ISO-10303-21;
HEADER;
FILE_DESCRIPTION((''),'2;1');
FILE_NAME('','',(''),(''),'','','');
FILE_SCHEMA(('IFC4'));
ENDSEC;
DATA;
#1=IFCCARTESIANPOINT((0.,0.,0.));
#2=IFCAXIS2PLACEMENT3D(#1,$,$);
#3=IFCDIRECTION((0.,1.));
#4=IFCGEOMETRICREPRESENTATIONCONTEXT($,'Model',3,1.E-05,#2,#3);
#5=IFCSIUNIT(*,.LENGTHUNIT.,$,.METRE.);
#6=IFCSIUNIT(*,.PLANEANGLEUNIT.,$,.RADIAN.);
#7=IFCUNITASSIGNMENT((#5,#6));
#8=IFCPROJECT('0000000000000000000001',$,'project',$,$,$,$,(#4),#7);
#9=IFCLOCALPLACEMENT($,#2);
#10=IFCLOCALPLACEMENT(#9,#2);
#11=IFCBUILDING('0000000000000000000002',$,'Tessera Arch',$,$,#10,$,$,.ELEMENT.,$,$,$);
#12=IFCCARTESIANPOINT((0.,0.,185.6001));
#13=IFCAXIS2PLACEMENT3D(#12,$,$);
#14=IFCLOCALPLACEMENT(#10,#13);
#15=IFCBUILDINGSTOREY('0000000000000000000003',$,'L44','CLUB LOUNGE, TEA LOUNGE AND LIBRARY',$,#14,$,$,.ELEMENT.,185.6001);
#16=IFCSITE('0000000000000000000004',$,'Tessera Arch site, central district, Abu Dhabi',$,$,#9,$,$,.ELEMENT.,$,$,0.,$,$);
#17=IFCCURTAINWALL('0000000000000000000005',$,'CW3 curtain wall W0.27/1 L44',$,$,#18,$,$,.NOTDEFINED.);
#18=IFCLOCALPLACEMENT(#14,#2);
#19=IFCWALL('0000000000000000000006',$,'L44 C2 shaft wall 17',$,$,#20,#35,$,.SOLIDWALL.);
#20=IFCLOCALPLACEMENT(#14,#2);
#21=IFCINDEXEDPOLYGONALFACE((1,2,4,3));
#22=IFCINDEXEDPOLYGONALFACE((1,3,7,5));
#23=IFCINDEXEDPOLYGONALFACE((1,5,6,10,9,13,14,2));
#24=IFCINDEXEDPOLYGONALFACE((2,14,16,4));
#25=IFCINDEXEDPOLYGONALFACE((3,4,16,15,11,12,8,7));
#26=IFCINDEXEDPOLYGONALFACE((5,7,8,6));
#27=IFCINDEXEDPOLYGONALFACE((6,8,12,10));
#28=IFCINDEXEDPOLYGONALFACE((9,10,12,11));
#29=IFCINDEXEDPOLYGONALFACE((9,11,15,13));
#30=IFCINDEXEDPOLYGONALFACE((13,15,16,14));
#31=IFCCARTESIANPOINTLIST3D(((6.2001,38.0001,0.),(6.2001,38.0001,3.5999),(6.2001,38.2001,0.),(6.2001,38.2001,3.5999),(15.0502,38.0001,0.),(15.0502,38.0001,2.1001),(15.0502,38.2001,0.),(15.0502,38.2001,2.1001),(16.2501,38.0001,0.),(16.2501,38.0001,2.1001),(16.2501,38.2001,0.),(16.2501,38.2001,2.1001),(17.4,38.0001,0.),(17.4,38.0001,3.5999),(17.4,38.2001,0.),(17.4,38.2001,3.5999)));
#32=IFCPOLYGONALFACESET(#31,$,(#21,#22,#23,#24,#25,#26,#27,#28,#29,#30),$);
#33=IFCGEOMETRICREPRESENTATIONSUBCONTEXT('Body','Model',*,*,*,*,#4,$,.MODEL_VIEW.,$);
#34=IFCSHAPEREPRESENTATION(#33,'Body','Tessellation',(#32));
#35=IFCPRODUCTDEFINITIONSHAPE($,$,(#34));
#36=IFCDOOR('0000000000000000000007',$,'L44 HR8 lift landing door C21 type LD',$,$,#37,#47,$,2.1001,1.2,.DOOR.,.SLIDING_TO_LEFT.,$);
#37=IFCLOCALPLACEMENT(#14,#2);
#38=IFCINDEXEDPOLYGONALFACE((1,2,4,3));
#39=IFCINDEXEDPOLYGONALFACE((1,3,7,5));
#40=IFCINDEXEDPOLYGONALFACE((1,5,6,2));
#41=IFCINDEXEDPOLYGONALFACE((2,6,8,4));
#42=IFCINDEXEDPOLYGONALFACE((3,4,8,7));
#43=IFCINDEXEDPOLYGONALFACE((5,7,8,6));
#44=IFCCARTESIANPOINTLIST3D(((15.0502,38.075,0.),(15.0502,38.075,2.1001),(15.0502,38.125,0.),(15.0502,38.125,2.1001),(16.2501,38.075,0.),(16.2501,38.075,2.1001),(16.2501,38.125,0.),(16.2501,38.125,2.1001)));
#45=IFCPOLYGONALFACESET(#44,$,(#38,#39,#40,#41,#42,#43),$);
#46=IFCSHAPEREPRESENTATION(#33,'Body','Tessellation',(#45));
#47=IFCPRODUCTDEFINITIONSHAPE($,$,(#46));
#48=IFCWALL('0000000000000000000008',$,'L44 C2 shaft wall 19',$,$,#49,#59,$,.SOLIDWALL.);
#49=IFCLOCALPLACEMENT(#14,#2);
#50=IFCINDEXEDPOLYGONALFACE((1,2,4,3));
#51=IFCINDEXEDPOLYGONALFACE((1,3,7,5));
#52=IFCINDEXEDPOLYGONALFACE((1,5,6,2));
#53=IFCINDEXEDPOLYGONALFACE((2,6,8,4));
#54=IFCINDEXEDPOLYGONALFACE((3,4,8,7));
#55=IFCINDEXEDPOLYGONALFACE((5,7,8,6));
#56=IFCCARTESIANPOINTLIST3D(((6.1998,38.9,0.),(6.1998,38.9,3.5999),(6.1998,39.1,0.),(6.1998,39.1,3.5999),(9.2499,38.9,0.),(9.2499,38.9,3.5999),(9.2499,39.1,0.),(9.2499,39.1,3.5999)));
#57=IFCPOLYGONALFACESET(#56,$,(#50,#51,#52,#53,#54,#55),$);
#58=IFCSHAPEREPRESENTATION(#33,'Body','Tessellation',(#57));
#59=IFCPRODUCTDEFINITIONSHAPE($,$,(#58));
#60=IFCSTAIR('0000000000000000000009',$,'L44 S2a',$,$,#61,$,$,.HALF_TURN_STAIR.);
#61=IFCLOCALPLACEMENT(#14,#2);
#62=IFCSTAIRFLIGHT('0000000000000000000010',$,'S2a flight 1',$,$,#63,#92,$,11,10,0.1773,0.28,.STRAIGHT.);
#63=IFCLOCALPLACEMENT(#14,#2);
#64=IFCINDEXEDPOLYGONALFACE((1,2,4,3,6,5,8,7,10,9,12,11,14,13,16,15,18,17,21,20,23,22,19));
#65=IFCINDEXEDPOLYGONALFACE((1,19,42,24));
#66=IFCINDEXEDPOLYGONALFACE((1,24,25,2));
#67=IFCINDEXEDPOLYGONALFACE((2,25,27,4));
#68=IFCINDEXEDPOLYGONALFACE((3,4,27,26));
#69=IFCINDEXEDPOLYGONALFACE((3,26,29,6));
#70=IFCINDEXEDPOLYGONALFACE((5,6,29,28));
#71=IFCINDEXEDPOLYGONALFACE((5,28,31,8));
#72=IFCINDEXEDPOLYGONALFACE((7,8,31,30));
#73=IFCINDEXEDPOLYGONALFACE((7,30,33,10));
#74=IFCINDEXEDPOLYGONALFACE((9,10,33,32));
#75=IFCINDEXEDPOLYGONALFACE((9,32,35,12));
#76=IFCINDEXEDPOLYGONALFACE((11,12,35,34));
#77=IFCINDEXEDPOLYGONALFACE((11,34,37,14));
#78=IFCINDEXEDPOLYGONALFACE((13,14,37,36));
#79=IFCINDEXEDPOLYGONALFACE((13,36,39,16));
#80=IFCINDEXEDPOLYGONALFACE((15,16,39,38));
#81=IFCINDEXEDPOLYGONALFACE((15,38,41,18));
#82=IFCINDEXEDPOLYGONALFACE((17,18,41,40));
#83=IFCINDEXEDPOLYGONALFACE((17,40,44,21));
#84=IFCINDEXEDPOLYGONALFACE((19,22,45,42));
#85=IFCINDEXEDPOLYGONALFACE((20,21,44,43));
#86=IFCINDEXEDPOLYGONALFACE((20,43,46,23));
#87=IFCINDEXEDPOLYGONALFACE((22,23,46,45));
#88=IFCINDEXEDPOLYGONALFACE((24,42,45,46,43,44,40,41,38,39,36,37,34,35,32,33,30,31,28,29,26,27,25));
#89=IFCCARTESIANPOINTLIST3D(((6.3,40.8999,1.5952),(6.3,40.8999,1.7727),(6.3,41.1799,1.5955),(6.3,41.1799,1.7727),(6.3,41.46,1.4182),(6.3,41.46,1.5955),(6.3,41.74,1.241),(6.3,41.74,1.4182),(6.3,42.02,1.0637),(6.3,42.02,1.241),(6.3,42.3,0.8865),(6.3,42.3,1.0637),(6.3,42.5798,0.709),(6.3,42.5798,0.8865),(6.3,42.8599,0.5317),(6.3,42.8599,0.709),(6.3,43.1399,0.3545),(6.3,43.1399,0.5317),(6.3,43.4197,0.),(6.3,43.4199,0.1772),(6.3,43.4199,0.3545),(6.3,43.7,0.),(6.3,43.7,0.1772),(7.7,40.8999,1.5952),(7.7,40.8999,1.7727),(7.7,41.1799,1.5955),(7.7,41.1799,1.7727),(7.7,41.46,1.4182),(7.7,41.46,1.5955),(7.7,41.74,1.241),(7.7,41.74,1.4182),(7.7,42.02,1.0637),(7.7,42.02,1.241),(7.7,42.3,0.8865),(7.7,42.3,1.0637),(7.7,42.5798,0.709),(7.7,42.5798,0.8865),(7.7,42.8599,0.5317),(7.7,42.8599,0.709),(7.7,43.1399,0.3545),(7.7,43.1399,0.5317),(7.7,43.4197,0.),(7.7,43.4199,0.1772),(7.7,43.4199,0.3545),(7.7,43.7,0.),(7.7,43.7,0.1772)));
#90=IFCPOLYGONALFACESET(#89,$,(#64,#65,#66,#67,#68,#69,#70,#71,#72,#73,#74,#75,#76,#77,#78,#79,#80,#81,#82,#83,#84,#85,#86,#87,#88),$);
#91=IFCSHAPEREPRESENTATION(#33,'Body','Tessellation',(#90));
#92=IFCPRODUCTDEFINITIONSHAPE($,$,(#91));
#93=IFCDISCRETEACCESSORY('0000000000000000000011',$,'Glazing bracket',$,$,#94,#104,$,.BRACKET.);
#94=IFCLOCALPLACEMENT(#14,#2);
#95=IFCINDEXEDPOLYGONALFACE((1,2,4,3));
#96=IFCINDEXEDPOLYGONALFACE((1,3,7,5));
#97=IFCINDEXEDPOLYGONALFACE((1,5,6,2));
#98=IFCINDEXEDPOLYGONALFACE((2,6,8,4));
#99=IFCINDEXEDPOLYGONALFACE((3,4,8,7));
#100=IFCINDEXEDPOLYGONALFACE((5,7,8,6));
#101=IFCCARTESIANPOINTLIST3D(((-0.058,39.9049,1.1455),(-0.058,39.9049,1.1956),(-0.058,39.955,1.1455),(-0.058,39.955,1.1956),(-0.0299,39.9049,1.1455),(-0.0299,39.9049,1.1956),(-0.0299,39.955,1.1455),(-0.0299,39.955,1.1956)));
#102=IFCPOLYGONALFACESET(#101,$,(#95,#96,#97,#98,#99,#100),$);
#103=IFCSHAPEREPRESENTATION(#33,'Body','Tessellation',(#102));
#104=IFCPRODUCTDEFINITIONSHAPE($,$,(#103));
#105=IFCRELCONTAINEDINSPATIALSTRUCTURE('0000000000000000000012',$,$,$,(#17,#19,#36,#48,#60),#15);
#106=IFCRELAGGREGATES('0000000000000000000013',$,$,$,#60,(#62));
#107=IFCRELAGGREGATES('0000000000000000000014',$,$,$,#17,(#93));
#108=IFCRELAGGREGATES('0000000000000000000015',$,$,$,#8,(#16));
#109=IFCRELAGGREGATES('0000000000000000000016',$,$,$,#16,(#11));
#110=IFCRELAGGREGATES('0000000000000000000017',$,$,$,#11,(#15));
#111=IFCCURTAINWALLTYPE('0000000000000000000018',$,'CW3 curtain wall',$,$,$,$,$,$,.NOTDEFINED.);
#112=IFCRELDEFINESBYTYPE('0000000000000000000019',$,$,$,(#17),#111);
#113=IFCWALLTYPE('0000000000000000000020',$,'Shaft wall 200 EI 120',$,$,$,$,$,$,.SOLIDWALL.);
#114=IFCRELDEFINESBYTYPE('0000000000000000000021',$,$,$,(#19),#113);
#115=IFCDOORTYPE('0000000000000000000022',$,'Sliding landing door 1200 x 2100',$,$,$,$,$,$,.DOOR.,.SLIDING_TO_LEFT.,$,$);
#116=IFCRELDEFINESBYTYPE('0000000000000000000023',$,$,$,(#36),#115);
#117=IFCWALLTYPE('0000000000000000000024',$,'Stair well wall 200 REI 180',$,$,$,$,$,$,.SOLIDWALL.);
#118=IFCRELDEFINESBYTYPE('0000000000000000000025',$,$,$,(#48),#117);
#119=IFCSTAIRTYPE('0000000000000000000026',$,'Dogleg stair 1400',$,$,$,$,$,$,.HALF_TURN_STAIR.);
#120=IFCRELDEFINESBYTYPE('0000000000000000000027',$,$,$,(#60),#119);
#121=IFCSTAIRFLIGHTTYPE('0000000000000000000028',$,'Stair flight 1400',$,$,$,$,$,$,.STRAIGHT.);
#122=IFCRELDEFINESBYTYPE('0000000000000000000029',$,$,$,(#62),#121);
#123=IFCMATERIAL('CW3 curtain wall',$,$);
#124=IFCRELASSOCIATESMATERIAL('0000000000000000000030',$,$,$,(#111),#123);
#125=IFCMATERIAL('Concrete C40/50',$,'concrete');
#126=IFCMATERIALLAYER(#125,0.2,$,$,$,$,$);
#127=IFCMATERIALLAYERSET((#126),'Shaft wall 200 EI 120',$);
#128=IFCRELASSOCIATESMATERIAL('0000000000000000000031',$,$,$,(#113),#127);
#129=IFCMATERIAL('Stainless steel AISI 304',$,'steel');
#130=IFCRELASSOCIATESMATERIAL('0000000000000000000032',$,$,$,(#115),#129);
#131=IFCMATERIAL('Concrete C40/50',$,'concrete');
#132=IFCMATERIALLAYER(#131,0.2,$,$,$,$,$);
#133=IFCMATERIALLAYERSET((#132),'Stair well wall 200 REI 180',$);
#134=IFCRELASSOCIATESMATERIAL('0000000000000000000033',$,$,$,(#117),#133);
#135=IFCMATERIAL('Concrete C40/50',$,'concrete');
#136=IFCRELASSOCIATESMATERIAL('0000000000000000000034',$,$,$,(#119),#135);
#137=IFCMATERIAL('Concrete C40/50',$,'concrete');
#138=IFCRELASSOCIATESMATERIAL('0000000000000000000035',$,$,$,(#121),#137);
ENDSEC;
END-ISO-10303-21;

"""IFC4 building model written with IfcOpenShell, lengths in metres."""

from ifc_helpers import new_model, si_unit, direction, frame, frame_2d, origin, origin_2d, place, context, subcontext, project, spatial, polyline, rectangle, outline, extrude, material, layer, layer_set, type_object, element, fill, aggregate, save


model = new_model("IFC4")

# Units and contexts
model_context = context("Model", 3, precision=1e-05, world=origin(), true_north=direction((0.0, 1.0)))
body_context = subcontext(model_context, "Body", "Model", "MODEL_VIEW")
ifc_project = project(units=[si_unit("LENGTHUNIT", "METRE"), si_unit("PLANEANGLEUNIT", "RADIAN")], contexts=[model_context])

# Site, building, storey
site_placement = place(None, origin())
site = spatial("IfcSite", under=ifc_project, at=site_placement, Name="Tessera Arch site, central district, Abu Dhabi", CompositionType="ELEMENT", RefElevation=0.0)
building_placement = place(site_placement, origin())
building = spatial("IfcBuilding", under=site, at=building_placement, Name="Tessera Arch", CompositionType="ELEMENT")
storey_placement = place(building_placement, frame((0.0, 0.0, 185.6001)))
storey = spatial("IfcBuildingStorey", under=building, at=storey_placement, Name="L44", Description="CLUB LOUNGE, TEA LOUNGE AND LIBRARY", CompositionType="ELEMENT", Elevation=185.6001)

# Curtain wall
ifc_material_1 = material(Name="CW3 curtain wall")
curtain_wall_type = type_object("IfcCurtainWallType", Name="CW3 curtain wall", PredefinedType="NOTDEFINED", material=ifc_material_1)
curtain_wall_placement = place(storey_placement, origin())
curtain_wall = element("IfcCurtainWall", 1, at=curtain_wall_placement, inside=storey, type_object=curtain_wall_type, Name="CW3 curtain wall W0.27/1 L44", PredefinedType="NOTDEFINED")

# Wall, opening, door
ifc_material_2 = material(Name="Concrete C40/50", Category="concrete")
ifc_layer_1 = layer(ifc_material_2, 0.2)
ifc_layer_set_1 = layer_set([ifc_layer_1], Name="Shaft wall 200 EI 120")
wall_type_1 = type_object("IfcWallType", Name="Shaft wall 200 EI 120", PredefinedType="SOLIDWALL", material=ifc_layer_set_1)
wall_1_placement = place(storey_placement, frame((6.2, 38.1001, 0.0), z_axis=(0.0, 0.0, 1.0), x_axis=(1.0, 0.0, 0.0)))
wall_1 = element("IfcWall", 2, at=wall_1_placement, inside=storey, type_object=wall_type_1, Name="L44 C2 shaft wall 17", PredefinedType="SOLIDWALL", context=body_context, shape_type="SweptSolid", body=[
    extrude(rectangle(XDim=11.2, YDim=0.2, at=frame_2d((5.6001, 0.0))), origin(), (0.0, 0.0, 1.0), 3.5999),
])
opening_1_placement = place(wall_1_placement, frame((8.8501, 0.0, 0.0)))
opening_1 = element("IfcOpeningElement", 3, at=opening_1_placement, cuts=wall_1, PredefinedType="OPENING", context=body_context, shape_type="SweptSolid", body=[
    extrude(rectangle(XDim=1.2, YDim=2.1001, at=frame_2d((0.6001, 1.05))), frame((0.0, 0.1099, 0.0), z_axis=(0.0, -1.0, 0.0), x_axis=(1.0, 0.0, 0.0)), (0.0, 0.0, 1.0), 0.22),
])
ifc_material_3 = material(Name="Stainless steel AISI 304", Category="steel")
door_type_1 = type_object("IfcDoorType", Name="Sliding landing door 1200 x 2100", OperationType="SLIDING_TO_LEFT", PredefinedType="DOOR", material=ifc_material_3)
door_1_placement = place(opening_1_placement, origin())
door_1 = element("IfcDoor", 4, at=door_1_placement, inside=storey, type_object=door_type_1, Name="L44 HR8 lift landing door C21 type LD", OperationType="SLIDING_TO_LEFT", OverallHeight=2.1001, OverallWidth=1.2, PredefinedType="DOOR", context=body_context, shape_type="SweptSolid", body=[
    extrude(rectangle(XDim=1.2, YDim=2.1001, at=frame_2d((0.6001, 1.05))), frame((0.0, 0.0249, 0.0), z_axis=(0.0, -1.0, 0.0), x_axis=(1.0, 0.0, 0.0)), (0.0, 0.0, 1.0), 0.05),
])
fill(opening_1, door_1)

# Wall
ifc_material_4 = material(Name="Concrete C40/50", Category="concrete")
ifc_layer_2 = layer(ifc_material_4, 0.2)
ifc_layer_set_2 = layer_set([ifc_layer_2], Name="Stair well wall 200 REI 180")
wall_type_2 = type_object("IfcWallType", Name="Stair well wall 200 REI 180", PredefinedType="SOLIDWALL", material=ifc_layer_set_2)
wall_2_placement = place(storey_placement, frame((6.2, 39.0, 0.0), z_axis=(0.0, 0.0, 1.0), x_axis=(1.0, 0.0, 0.0)))
element("IfcWall", 5, at=wall_2_placement, inside=storey, type_object=wall_type_2, Name="L44 C2 shaft wall 19", PredefinedType="SOLIDWALL", context=body_context, shape_type="SweptSolid", body=[
    extrude(rectangle(XDim=3.05, YDim=0.2, at=frame_2d((1.5249, 0.0))), origin(), (0.0, 0.0, 1.0), 3.5999),
])

# Stair, stair flight
ifc_material_5 = material(Name="Concrete C40/50", Category="concrete")
stair_type = type_object("IfcStairType", Name="Dogleg stair 1400", PredefinedType="HALF_TURN_STAIR", material=ifc_material_5)
stair_placement = place(storey_placement, origin())
stair = element("IfcStair", 6, at=stair_placement, inside=storey, type_object=stair_type, Name="L44 S2a", PredefinedType="HALF_TURN_STAIR")
ifc_material_6 = material(Name="Concrete C40/50", Category="concrete")
stair_flight_type = type_object("IfcStairFlightType", Name="Stair flight 1400", PredefinedType="STRAIGHT", material=ifc_material_6)
stair_flight_placement = place(storey_placement, frame((7.0, 43.7, 0.0), z_axis=(0.0, 0.0, 1.0), x_axis=(0.0, -1.0, 0.0)))
stair_flight = element("IfcStairFlight", 7, at=stair_flight_placement, type_object=stair_flight_type, Name="S2a flight 1", NumberOfRisers=11, NumberOfTreads=10, PredefinedType="STRAIGHT", RiserHeight=0.1773, TreadLength=0.28, context=body_context, shape_type="SweptSolid", body=[
    extrude(outline(polyline([(0.0, 0.0), (0.0, 0.1772), (0.28, 0.1772), (0.28, 0.3545), (0.5601, 0.3545), (0.5601, 0.5317), (0.8401, 0.5317), (0.8401, 0.709), (1.1201, 0.709), (1.1201, 0.8865), (1.3999, 0.8865), (1.3999, 1.0637), (1.6799, 1.0637), (1.6799, 1.241), (1.96, 1.241), (1.96, 1.4182), (2.24, 1.4182), (2.24, 1.5955), (2.52, 1.5955), (2.52, 1.7727), (2.8, 1.7727), (2.8, 1.95), (2.8, 1.5952), (0.2803, 0.0), (0.0, 0.0)])), frame((0.0, 0.7, 0.0), z_axis=(0.0, -1.0, 0.0), x_axis=(1.0, 0.0, 0.0)), (0.0, 0.0, 1.0), 1.3999),
])
aggregate(stair, [stair_flight])

# Discrete accessory
discrete_accessory_placement = place(storey_placement, frame((-0.0439, 39.9299, 1.1455), z_axis=(0.0, 0.0, 1.0), x_axis=(0.0, -1.0, 0.0)))
discrete_accessory = element("IfcDiscreteAccessory", 8, at=discrete_accessory_placement, Name="Glazing bracket", PredefinedType="BRACKET", context=body_context, shape_type="SweptSolid", body=[
    extrude(rectangle(XDim=0.05, YDim=0.0281, at=origin_2d()), origin(), (0.0, 0.0, 1.0), 0.05),
])
aggregate(curtain_wall, [discrete_accessory])

save(model, "model.ifc")
